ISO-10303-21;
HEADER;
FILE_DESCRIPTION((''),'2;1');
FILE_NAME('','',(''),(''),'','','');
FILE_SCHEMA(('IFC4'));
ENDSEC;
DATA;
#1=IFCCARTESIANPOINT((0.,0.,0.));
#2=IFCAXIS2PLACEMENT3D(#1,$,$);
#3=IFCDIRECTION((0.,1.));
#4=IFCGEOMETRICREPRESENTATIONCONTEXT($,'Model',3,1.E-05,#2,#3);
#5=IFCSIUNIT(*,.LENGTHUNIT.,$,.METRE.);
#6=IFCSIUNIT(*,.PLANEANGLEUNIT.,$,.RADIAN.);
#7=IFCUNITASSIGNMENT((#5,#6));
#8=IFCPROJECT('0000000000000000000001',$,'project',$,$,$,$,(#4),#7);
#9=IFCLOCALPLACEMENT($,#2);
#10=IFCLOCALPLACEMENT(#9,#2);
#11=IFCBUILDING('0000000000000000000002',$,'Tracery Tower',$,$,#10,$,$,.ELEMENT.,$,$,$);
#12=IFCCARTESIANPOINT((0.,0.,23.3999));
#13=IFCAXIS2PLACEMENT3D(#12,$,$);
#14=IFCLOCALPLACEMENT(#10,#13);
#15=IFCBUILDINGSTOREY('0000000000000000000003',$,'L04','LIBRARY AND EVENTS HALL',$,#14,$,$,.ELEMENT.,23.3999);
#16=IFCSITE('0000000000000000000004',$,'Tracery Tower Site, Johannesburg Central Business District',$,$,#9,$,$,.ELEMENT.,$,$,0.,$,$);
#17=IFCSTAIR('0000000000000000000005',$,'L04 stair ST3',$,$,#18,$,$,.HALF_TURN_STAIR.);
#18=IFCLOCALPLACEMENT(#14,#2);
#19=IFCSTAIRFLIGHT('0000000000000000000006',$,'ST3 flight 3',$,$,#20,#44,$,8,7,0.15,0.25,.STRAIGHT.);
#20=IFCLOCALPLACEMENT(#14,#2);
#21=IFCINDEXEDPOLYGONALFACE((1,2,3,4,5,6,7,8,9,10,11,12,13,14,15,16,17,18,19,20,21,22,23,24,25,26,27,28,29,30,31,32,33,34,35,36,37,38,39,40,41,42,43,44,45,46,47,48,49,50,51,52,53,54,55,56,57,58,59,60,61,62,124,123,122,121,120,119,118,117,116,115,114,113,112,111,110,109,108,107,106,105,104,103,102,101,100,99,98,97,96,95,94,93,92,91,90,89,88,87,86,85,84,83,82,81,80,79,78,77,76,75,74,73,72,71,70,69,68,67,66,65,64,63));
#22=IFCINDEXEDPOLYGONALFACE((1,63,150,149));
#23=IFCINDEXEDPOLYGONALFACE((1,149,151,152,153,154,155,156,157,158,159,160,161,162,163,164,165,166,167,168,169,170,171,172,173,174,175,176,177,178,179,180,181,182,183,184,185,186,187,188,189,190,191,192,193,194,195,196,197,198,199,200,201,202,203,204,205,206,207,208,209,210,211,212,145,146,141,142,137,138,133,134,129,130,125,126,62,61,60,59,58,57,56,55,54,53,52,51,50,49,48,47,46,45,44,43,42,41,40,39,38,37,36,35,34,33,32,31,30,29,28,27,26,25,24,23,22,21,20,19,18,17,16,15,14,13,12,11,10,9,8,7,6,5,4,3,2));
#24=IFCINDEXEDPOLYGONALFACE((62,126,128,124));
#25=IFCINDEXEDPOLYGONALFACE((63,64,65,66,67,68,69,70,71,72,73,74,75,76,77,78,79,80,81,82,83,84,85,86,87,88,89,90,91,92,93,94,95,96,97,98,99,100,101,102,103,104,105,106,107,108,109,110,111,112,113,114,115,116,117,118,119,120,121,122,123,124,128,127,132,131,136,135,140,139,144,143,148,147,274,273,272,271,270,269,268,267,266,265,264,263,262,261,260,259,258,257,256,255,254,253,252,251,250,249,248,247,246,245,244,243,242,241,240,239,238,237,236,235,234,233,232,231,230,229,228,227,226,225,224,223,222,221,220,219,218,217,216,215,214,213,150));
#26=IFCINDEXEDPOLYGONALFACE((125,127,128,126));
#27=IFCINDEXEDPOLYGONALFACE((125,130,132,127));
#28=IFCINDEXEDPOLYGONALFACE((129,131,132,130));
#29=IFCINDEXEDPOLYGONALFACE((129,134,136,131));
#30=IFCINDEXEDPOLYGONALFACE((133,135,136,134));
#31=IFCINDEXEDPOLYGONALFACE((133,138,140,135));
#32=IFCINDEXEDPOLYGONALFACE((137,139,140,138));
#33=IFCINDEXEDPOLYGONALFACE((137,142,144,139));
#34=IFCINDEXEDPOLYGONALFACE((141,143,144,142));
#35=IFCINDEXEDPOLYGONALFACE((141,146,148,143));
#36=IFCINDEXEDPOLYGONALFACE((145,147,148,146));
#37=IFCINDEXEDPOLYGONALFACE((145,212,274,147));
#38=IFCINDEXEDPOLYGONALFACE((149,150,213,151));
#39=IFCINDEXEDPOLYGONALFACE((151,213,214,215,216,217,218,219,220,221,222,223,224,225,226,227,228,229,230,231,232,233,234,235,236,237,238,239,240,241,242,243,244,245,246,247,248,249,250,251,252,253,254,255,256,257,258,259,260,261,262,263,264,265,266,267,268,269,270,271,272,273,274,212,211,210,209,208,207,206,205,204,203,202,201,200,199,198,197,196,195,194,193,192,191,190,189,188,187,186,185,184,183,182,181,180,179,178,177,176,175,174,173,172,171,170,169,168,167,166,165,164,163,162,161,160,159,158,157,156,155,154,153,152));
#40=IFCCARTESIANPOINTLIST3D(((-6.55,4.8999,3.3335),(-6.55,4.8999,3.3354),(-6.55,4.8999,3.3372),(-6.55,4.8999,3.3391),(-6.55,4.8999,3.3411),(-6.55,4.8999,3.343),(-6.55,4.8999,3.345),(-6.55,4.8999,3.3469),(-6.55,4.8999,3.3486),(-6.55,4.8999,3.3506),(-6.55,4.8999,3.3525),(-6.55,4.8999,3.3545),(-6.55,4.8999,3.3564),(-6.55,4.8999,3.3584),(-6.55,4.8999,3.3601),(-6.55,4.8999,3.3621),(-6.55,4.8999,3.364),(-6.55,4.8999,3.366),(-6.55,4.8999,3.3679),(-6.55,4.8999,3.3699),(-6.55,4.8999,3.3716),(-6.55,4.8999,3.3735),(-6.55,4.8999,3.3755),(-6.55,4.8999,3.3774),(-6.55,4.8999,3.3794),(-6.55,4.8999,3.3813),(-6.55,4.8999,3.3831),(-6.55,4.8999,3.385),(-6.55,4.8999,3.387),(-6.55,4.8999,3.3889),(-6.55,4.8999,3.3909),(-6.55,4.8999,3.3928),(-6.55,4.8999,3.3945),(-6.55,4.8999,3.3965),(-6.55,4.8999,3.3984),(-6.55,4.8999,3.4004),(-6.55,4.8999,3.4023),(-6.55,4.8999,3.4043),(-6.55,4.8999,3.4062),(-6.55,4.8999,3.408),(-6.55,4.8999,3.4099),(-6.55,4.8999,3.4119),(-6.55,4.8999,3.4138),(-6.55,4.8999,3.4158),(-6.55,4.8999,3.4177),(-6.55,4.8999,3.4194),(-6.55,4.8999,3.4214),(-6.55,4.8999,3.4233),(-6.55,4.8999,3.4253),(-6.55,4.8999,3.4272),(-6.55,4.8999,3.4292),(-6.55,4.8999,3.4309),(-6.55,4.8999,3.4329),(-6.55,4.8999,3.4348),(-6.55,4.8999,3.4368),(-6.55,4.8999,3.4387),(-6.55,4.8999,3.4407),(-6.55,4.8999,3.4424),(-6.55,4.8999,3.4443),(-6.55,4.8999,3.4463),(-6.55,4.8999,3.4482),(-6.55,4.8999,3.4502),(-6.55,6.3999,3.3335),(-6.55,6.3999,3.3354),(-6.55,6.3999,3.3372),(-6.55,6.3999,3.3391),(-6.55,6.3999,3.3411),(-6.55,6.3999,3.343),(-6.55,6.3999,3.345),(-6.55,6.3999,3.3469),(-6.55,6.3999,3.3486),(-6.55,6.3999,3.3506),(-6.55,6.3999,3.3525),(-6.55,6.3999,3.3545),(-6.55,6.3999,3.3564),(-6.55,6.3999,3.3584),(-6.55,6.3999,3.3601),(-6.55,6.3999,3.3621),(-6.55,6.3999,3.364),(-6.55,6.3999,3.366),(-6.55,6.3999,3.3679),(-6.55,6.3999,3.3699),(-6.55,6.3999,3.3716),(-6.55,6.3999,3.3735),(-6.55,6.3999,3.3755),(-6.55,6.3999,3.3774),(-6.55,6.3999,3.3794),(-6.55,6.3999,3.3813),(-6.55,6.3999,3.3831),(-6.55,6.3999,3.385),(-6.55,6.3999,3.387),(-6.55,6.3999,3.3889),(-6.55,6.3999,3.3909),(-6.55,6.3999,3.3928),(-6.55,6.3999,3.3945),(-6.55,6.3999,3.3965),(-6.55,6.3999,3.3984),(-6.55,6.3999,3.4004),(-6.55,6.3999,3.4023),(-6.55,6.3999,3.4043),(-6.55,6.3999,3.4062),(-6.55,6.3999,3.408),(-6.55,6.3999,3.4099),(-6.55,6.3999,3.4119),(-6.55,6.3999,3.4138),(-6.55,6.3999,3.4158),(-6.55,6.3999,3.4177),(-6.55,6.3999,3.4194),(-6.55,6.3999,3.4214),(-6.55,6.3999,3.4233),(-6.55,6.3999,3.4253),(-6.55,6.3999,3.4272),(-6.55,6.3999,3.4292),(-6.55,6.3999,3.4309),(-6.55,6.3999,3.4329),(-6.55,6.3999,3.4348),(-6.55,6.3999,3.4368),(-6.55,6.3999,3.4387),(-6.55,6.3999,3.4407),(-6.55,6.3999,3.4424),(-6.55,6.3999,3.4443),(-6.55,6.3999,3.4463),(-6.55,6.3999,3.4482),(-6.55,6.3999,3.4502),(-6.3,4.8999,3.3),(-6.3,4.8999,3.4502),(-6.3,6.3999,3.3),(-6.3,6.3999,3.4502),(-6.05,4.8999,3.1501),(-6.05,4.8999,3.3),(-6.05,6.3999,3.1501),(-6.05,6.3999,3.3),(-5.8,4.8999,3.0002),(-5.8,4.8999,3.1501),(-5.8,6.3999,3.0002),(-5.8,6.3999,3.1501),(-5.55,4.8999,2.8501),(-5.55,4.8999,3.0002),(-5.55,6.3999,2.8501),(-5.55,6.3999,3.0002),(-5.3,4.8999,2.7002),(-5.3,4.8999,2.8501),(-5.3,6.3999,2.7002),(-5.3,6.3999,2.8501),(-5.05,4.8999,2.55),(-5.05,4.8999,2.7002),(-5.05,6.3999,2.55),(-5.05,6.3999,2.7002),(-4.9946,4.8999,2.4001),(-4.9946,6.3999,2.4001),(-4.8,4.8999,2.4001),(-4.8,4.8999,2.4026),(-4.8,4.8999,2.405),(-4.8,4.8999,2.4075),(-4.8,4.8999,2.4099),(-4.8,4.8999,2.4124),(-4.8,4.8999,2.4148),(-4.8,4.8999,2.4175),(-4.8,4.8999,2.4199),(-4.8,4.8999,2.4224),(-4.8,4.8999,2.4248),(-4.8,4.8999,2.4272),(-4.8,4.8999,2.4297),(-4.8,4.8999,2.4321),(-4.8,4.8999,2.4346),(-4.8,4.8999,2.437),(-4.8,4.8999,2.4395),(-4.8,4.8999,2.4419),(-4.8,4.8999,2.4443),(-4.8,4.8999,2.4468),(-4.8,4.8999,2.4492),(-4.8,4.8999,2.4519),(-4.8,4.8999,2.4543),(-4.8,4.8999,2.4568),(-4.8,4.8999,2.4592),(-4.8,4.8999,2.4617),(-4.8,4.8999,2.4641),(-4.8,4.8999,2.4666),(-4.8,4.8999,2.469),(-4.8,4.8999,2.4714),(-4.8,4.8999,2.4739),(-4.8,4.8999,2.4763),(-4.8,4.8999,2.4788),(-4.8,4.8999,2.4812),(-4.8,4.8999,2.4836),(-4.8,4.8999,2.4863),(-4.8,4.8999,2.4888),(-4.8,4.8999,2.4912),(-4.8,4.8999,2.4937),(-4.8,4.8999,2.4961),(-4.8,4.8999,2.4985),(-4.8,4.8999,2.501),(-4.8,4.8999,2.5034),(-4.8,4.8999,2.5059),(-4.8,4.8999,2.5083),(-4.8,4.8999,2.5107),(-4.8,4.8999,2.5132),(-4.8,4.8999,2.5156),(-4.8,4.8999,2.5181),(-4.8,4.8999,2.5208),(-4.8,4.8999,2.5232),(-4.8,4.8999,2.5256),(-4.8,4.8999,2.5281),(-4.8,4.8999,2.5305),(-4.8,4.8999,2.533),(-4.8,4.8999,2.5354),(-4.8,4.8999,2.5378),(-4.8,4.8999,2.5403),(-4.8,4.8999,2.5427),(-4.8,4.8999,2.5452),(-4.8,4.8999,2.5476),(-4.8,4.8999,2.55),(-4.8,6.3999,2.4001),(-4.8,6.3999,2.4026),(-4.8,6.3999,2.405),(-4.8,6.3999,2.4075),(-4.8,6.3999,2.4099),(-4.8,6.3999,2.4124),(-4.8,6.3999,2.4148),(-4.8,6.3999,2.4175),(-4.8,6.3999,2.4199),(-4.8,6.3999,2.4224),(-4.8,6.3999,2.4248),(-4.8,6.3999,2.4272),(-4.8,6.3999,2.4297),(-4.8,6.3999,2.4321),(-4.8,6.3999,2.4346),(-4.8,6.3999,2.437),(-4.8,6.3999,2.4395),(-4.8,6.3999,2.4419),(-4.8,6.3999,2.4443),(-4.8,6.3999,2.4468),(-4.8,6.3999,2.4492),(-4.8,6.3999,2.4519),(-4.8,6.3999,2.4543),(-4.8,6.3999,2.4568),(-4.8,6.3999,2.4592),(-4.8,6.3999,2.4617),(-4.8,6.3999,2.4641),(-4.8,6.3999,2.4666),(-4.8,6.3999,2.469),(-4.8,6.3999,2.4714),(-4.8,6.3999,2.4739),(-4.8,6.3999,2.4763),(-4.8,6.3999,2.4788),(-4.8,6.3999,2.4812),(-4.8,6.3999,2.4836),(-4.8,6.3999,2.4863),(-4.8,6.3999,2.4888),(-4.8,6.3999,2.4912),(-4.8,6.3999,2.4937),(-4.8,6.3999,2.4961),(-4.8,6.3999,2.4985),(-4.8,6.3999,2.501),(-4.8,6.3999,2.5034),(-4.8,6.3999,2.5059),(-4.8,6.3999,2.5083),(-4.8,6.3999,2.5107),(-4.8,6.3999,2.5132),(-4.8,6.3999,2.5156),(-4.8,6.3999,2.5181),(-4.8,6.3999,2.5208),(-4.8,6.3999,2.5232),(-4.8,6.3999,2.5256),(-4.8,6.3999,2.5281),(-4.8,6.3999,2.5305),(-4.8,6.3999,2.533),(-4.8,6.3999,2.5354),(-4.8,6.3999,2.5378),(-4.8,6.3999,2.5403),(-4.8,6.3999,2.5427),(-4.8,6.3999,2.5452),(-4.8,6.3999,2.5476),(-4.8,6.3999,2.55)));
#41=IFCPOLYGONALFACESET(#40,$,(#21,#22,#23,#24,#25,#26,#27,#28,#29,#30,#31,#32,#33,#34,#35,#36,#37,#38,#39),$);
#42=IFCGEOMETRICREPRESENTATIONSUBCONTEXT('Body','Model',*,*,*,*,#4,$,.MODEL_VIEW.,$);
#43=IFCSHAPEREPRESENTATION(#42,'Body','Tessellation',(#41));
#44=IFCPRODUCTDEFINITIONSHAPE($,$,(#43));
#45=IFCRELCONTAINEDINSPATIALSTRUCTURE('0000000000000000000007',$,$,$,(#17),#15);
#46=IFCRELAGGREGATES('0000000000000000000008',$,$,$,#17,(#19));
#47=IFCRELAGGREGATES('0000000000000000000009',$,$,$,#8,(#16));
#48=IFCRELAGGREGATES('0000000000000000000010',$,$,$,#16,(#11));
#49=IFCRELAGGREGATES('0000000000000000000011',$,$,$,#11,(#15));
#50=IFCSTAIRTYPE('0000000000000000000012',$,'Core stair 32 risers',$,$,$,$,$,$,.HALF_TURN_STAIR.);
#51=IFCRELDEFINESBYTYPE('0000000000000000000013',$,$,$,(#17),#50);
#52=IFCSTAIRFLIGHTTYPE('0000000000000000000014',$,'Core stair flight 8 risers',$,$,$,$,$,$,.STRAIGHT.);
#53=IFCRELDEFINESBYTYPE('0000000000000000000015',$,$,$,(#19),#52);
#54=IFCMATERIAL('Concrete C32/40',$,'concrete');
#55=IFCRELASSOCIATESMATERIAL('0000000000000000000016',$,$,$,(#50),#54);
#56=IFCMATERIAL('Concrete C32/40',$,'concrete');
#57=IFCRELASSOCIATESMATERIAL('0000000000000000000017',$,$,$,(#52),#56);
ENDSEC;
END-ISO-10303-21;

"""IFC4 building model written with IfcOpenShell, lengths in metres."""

from ifc_helpers import new_model, si_unit, direction, frame, origin, place, context, subcontext, project, spatial, polyline, outline, extrude, material, type_object, element, aggregate, save


model = new_model("IFC4")

# Units and contexts
model_context = context("Model", 3, precision=1e-05, world=origin(), true_north=direction((0.0, 1.0)))
body_context = subcontext(model_context, "Body", "Model", "MODEL_VIEW")
ifc_project = project(units=[si_unit("LENGTHUNIT", "METRE"), si_unit("PLANEANGLEUNIT", "RADIAN")], contexts=[model_context])

# Site, building, storey
site_placement = place(None, origin())
site = spatial("IfcSite", under=ifc_project, at=site_placement, Name="Tracery Tower Site, Johannesburg Central Business District", CompositionType="ELEMENT", RefElevation=0.0)
building_placement = place(site_placement, origin())
building = spatial("IfcBuilding", under=site, at=building_placement, Name="Tracery Tower", CompositionType="ELEMENT")
storey_placement = place(building_placement, frame((0.0, 0.0, 23.3999)))
storey = spatial("IfcBuildingStorey", under=building, at=storey_placement, Name="L04", Description="LIBRARY AND EVENTS HALL", CompositionType="ELEMENT", Elevation=23.3999)

# Stair, stair flight
ifc_material_1 = material(Name="Concrete C32/40", Category="concrete")
stair_type = type_object("IfcStairType", Name="Core stair 32 risers", PredefinedType="HALF_TURN_STAIR", material=ifc_material_1)
stair_placement = place(storey_placement, origin())
stair = element("IfcStair", 1, at=stair_placement, inside=storey, type_object=stair_type, Name="L04 stair ST3", PredefinedType="HALF_TURN_STAIR")
ifc_material_2 = material(Name="Concrete C32/40", Category="concrete")
stair_flight_type = type_object("IfcStairFlightType", Name="Core stair flight 8 risers", PredefinedType="STRAIGHT", material=ifc_material_2)
stair_flight_1_placement = place(storey_placement, frame((-4.8, 5.6499, 2.4001), z_axis=(0.0, 0.0, 1.0), x_axis=(-1.0, 0.0, 0.0)))
stair_flight_1 = element("IfcStairFlight", 2, at=stair_flight_1_placement, type_object=stair_flight_type, Name="ST3 flight 3", NumberOfRisers=8, NumberOfTreads=7, PredefinedType="STRAIGHT", RiserHeight=0.15, TreadLength=0.25, context=body_context, shape_type="SweptSolid", body=[
    extrude(outline(polyline([(0.0, 0.0), (0.0, 0.0024), (0.0, 0.0049), (0.0, 0.0073), (0.0, 0.0098), (0.0, 0.0122), (0.0, 0.0146), (0.0, 0.0173), (0.0, 0.0198), (0.0, 0.0222), (0.0, 0.0247), (0.0, 0.0271), (0.0, 0.0295), (0.0, 0.032), (0.0, 0.0344), (0.0, 0.0369), (0.0, 0.0393), (0.0, 0.0417), (0.0, 0.0442), (0.0, 0.0466), (0.0, 0.0491), (0.0, 0.0518), (0.0, 0.0542), (0.0, 0.0566), (0.0, 0.0591), (0.0, 0.0615), (0.0, 0.064), (0.0, 0.0664), (0.0, 0.0688), (0.0, 0.0713), (0.0, 0.0737), (0.0, 0.0762), (0.0, 0.0786), (0.0, 0.0811), (0.0, 0.0835), (0.0, 0.0862), (0.0, 0.0886), (0.0, 0.0911), (0.0, 0.0935), (0.0, 0.0959), (0.0, 0.0984), (0.0, 0.1008), (0.0, 0.1033), (0.0, 0.1057), (0.0, 0.1082), (0.0, 0.1106), (0.0, 0.113), (0.0, 0.1155), (0.0, 0.1179), (0.0, 0.1206), (0.0, 0.123), (0.0, 0.1255), (0.0, 0.1279), (0.0, 0.1304), (0.0, 0.1328), (0.0, 0.1353), (0.0, 0.1377), (0.0, 0.1401), (0.0, 0.1426), (0.0, 0.145), (0.0, 0.1475), (0.0, 0.1499), (0.25, 0.1499), (0.25, 0.3), (0.5, 0.3), (0.5, 0.45), (0.75, 0.45), (0.75, 0.6001), (1.0, 0.6001), (1.0, 0.75), (1.25, 0.75), (1.25, 0.8999), (1.5, 0.8999), (1.5, 1.05), (1.75, 1.05), (1.75, 1.0481), (1.75, 1.0461), (1.75, 1.0442), (1.75, 1.0422), (1.75, 1.0405), (1.75, 1.0386), (1.75, 1.0366), (1.75, 1.0347), (1.75, 1.0327), (1.75, 1.0308), (1.75, 1.0291), (1.75, 1.0271), (1.75, 1.0251), (1.75, 1.0232), (1.75, 1.0212), (1.75, 1.0193), (1.75, 1.0176), (1.75, 1.0156), (1.75, 1.0137), (1.75, 1.0117), (1.75, 1.0098), (1.75, 1.0078), (1.75, 1.0061), (1.75, 1.0042), (1.75, 1.0022), (1.75, 1.0002), (1.75, 0.9983), (1.75, 0.9963), (1.75, 0.9944), (1.75, 0.9927), (1.75, 0.9907), (1.75, 0.9888), (1.75, 0.9868), (1.75, 0.9849), (1.75, 0.9829), (1.75, 0.9812), (1.75, 0.9792), (1.75, 0.9773), (1.75, 0.9753), (1.75, 0.9734), (1.75, 0.9714), (1.75, 0.9697), (1.75, 0.9678), (1.75, 0.9658), (1.75, 0.9639), (1.75, 0.9619), (1.75, 0.96), (1.75, 0.9583), (1.75, 0.9563), (1.75, 0.9543), (1.75, 0.9524), (1.75, 0.9504), (1.75, 0.9485), (1.75, 0.9468), (1.75, 0.9448), (1.75, 0.9429), (1.75, 0.9409), (1.75, 0.939), (1.75, 0.937), (1.75, 0.9353), (1.75, 0.9333), (0.1946, 0.0), (0.0, 0.0)])), frame((0.0, 0.75, 0.0), z_axis=(0.0, -1.0, 0.0), x_axis=(1.0, 0.0, 0.0)), (0.0, 0.0, 1.0), 1.5),
])
aggregate(stair, [stair_flight_1])

save(model, "model.ifc")
